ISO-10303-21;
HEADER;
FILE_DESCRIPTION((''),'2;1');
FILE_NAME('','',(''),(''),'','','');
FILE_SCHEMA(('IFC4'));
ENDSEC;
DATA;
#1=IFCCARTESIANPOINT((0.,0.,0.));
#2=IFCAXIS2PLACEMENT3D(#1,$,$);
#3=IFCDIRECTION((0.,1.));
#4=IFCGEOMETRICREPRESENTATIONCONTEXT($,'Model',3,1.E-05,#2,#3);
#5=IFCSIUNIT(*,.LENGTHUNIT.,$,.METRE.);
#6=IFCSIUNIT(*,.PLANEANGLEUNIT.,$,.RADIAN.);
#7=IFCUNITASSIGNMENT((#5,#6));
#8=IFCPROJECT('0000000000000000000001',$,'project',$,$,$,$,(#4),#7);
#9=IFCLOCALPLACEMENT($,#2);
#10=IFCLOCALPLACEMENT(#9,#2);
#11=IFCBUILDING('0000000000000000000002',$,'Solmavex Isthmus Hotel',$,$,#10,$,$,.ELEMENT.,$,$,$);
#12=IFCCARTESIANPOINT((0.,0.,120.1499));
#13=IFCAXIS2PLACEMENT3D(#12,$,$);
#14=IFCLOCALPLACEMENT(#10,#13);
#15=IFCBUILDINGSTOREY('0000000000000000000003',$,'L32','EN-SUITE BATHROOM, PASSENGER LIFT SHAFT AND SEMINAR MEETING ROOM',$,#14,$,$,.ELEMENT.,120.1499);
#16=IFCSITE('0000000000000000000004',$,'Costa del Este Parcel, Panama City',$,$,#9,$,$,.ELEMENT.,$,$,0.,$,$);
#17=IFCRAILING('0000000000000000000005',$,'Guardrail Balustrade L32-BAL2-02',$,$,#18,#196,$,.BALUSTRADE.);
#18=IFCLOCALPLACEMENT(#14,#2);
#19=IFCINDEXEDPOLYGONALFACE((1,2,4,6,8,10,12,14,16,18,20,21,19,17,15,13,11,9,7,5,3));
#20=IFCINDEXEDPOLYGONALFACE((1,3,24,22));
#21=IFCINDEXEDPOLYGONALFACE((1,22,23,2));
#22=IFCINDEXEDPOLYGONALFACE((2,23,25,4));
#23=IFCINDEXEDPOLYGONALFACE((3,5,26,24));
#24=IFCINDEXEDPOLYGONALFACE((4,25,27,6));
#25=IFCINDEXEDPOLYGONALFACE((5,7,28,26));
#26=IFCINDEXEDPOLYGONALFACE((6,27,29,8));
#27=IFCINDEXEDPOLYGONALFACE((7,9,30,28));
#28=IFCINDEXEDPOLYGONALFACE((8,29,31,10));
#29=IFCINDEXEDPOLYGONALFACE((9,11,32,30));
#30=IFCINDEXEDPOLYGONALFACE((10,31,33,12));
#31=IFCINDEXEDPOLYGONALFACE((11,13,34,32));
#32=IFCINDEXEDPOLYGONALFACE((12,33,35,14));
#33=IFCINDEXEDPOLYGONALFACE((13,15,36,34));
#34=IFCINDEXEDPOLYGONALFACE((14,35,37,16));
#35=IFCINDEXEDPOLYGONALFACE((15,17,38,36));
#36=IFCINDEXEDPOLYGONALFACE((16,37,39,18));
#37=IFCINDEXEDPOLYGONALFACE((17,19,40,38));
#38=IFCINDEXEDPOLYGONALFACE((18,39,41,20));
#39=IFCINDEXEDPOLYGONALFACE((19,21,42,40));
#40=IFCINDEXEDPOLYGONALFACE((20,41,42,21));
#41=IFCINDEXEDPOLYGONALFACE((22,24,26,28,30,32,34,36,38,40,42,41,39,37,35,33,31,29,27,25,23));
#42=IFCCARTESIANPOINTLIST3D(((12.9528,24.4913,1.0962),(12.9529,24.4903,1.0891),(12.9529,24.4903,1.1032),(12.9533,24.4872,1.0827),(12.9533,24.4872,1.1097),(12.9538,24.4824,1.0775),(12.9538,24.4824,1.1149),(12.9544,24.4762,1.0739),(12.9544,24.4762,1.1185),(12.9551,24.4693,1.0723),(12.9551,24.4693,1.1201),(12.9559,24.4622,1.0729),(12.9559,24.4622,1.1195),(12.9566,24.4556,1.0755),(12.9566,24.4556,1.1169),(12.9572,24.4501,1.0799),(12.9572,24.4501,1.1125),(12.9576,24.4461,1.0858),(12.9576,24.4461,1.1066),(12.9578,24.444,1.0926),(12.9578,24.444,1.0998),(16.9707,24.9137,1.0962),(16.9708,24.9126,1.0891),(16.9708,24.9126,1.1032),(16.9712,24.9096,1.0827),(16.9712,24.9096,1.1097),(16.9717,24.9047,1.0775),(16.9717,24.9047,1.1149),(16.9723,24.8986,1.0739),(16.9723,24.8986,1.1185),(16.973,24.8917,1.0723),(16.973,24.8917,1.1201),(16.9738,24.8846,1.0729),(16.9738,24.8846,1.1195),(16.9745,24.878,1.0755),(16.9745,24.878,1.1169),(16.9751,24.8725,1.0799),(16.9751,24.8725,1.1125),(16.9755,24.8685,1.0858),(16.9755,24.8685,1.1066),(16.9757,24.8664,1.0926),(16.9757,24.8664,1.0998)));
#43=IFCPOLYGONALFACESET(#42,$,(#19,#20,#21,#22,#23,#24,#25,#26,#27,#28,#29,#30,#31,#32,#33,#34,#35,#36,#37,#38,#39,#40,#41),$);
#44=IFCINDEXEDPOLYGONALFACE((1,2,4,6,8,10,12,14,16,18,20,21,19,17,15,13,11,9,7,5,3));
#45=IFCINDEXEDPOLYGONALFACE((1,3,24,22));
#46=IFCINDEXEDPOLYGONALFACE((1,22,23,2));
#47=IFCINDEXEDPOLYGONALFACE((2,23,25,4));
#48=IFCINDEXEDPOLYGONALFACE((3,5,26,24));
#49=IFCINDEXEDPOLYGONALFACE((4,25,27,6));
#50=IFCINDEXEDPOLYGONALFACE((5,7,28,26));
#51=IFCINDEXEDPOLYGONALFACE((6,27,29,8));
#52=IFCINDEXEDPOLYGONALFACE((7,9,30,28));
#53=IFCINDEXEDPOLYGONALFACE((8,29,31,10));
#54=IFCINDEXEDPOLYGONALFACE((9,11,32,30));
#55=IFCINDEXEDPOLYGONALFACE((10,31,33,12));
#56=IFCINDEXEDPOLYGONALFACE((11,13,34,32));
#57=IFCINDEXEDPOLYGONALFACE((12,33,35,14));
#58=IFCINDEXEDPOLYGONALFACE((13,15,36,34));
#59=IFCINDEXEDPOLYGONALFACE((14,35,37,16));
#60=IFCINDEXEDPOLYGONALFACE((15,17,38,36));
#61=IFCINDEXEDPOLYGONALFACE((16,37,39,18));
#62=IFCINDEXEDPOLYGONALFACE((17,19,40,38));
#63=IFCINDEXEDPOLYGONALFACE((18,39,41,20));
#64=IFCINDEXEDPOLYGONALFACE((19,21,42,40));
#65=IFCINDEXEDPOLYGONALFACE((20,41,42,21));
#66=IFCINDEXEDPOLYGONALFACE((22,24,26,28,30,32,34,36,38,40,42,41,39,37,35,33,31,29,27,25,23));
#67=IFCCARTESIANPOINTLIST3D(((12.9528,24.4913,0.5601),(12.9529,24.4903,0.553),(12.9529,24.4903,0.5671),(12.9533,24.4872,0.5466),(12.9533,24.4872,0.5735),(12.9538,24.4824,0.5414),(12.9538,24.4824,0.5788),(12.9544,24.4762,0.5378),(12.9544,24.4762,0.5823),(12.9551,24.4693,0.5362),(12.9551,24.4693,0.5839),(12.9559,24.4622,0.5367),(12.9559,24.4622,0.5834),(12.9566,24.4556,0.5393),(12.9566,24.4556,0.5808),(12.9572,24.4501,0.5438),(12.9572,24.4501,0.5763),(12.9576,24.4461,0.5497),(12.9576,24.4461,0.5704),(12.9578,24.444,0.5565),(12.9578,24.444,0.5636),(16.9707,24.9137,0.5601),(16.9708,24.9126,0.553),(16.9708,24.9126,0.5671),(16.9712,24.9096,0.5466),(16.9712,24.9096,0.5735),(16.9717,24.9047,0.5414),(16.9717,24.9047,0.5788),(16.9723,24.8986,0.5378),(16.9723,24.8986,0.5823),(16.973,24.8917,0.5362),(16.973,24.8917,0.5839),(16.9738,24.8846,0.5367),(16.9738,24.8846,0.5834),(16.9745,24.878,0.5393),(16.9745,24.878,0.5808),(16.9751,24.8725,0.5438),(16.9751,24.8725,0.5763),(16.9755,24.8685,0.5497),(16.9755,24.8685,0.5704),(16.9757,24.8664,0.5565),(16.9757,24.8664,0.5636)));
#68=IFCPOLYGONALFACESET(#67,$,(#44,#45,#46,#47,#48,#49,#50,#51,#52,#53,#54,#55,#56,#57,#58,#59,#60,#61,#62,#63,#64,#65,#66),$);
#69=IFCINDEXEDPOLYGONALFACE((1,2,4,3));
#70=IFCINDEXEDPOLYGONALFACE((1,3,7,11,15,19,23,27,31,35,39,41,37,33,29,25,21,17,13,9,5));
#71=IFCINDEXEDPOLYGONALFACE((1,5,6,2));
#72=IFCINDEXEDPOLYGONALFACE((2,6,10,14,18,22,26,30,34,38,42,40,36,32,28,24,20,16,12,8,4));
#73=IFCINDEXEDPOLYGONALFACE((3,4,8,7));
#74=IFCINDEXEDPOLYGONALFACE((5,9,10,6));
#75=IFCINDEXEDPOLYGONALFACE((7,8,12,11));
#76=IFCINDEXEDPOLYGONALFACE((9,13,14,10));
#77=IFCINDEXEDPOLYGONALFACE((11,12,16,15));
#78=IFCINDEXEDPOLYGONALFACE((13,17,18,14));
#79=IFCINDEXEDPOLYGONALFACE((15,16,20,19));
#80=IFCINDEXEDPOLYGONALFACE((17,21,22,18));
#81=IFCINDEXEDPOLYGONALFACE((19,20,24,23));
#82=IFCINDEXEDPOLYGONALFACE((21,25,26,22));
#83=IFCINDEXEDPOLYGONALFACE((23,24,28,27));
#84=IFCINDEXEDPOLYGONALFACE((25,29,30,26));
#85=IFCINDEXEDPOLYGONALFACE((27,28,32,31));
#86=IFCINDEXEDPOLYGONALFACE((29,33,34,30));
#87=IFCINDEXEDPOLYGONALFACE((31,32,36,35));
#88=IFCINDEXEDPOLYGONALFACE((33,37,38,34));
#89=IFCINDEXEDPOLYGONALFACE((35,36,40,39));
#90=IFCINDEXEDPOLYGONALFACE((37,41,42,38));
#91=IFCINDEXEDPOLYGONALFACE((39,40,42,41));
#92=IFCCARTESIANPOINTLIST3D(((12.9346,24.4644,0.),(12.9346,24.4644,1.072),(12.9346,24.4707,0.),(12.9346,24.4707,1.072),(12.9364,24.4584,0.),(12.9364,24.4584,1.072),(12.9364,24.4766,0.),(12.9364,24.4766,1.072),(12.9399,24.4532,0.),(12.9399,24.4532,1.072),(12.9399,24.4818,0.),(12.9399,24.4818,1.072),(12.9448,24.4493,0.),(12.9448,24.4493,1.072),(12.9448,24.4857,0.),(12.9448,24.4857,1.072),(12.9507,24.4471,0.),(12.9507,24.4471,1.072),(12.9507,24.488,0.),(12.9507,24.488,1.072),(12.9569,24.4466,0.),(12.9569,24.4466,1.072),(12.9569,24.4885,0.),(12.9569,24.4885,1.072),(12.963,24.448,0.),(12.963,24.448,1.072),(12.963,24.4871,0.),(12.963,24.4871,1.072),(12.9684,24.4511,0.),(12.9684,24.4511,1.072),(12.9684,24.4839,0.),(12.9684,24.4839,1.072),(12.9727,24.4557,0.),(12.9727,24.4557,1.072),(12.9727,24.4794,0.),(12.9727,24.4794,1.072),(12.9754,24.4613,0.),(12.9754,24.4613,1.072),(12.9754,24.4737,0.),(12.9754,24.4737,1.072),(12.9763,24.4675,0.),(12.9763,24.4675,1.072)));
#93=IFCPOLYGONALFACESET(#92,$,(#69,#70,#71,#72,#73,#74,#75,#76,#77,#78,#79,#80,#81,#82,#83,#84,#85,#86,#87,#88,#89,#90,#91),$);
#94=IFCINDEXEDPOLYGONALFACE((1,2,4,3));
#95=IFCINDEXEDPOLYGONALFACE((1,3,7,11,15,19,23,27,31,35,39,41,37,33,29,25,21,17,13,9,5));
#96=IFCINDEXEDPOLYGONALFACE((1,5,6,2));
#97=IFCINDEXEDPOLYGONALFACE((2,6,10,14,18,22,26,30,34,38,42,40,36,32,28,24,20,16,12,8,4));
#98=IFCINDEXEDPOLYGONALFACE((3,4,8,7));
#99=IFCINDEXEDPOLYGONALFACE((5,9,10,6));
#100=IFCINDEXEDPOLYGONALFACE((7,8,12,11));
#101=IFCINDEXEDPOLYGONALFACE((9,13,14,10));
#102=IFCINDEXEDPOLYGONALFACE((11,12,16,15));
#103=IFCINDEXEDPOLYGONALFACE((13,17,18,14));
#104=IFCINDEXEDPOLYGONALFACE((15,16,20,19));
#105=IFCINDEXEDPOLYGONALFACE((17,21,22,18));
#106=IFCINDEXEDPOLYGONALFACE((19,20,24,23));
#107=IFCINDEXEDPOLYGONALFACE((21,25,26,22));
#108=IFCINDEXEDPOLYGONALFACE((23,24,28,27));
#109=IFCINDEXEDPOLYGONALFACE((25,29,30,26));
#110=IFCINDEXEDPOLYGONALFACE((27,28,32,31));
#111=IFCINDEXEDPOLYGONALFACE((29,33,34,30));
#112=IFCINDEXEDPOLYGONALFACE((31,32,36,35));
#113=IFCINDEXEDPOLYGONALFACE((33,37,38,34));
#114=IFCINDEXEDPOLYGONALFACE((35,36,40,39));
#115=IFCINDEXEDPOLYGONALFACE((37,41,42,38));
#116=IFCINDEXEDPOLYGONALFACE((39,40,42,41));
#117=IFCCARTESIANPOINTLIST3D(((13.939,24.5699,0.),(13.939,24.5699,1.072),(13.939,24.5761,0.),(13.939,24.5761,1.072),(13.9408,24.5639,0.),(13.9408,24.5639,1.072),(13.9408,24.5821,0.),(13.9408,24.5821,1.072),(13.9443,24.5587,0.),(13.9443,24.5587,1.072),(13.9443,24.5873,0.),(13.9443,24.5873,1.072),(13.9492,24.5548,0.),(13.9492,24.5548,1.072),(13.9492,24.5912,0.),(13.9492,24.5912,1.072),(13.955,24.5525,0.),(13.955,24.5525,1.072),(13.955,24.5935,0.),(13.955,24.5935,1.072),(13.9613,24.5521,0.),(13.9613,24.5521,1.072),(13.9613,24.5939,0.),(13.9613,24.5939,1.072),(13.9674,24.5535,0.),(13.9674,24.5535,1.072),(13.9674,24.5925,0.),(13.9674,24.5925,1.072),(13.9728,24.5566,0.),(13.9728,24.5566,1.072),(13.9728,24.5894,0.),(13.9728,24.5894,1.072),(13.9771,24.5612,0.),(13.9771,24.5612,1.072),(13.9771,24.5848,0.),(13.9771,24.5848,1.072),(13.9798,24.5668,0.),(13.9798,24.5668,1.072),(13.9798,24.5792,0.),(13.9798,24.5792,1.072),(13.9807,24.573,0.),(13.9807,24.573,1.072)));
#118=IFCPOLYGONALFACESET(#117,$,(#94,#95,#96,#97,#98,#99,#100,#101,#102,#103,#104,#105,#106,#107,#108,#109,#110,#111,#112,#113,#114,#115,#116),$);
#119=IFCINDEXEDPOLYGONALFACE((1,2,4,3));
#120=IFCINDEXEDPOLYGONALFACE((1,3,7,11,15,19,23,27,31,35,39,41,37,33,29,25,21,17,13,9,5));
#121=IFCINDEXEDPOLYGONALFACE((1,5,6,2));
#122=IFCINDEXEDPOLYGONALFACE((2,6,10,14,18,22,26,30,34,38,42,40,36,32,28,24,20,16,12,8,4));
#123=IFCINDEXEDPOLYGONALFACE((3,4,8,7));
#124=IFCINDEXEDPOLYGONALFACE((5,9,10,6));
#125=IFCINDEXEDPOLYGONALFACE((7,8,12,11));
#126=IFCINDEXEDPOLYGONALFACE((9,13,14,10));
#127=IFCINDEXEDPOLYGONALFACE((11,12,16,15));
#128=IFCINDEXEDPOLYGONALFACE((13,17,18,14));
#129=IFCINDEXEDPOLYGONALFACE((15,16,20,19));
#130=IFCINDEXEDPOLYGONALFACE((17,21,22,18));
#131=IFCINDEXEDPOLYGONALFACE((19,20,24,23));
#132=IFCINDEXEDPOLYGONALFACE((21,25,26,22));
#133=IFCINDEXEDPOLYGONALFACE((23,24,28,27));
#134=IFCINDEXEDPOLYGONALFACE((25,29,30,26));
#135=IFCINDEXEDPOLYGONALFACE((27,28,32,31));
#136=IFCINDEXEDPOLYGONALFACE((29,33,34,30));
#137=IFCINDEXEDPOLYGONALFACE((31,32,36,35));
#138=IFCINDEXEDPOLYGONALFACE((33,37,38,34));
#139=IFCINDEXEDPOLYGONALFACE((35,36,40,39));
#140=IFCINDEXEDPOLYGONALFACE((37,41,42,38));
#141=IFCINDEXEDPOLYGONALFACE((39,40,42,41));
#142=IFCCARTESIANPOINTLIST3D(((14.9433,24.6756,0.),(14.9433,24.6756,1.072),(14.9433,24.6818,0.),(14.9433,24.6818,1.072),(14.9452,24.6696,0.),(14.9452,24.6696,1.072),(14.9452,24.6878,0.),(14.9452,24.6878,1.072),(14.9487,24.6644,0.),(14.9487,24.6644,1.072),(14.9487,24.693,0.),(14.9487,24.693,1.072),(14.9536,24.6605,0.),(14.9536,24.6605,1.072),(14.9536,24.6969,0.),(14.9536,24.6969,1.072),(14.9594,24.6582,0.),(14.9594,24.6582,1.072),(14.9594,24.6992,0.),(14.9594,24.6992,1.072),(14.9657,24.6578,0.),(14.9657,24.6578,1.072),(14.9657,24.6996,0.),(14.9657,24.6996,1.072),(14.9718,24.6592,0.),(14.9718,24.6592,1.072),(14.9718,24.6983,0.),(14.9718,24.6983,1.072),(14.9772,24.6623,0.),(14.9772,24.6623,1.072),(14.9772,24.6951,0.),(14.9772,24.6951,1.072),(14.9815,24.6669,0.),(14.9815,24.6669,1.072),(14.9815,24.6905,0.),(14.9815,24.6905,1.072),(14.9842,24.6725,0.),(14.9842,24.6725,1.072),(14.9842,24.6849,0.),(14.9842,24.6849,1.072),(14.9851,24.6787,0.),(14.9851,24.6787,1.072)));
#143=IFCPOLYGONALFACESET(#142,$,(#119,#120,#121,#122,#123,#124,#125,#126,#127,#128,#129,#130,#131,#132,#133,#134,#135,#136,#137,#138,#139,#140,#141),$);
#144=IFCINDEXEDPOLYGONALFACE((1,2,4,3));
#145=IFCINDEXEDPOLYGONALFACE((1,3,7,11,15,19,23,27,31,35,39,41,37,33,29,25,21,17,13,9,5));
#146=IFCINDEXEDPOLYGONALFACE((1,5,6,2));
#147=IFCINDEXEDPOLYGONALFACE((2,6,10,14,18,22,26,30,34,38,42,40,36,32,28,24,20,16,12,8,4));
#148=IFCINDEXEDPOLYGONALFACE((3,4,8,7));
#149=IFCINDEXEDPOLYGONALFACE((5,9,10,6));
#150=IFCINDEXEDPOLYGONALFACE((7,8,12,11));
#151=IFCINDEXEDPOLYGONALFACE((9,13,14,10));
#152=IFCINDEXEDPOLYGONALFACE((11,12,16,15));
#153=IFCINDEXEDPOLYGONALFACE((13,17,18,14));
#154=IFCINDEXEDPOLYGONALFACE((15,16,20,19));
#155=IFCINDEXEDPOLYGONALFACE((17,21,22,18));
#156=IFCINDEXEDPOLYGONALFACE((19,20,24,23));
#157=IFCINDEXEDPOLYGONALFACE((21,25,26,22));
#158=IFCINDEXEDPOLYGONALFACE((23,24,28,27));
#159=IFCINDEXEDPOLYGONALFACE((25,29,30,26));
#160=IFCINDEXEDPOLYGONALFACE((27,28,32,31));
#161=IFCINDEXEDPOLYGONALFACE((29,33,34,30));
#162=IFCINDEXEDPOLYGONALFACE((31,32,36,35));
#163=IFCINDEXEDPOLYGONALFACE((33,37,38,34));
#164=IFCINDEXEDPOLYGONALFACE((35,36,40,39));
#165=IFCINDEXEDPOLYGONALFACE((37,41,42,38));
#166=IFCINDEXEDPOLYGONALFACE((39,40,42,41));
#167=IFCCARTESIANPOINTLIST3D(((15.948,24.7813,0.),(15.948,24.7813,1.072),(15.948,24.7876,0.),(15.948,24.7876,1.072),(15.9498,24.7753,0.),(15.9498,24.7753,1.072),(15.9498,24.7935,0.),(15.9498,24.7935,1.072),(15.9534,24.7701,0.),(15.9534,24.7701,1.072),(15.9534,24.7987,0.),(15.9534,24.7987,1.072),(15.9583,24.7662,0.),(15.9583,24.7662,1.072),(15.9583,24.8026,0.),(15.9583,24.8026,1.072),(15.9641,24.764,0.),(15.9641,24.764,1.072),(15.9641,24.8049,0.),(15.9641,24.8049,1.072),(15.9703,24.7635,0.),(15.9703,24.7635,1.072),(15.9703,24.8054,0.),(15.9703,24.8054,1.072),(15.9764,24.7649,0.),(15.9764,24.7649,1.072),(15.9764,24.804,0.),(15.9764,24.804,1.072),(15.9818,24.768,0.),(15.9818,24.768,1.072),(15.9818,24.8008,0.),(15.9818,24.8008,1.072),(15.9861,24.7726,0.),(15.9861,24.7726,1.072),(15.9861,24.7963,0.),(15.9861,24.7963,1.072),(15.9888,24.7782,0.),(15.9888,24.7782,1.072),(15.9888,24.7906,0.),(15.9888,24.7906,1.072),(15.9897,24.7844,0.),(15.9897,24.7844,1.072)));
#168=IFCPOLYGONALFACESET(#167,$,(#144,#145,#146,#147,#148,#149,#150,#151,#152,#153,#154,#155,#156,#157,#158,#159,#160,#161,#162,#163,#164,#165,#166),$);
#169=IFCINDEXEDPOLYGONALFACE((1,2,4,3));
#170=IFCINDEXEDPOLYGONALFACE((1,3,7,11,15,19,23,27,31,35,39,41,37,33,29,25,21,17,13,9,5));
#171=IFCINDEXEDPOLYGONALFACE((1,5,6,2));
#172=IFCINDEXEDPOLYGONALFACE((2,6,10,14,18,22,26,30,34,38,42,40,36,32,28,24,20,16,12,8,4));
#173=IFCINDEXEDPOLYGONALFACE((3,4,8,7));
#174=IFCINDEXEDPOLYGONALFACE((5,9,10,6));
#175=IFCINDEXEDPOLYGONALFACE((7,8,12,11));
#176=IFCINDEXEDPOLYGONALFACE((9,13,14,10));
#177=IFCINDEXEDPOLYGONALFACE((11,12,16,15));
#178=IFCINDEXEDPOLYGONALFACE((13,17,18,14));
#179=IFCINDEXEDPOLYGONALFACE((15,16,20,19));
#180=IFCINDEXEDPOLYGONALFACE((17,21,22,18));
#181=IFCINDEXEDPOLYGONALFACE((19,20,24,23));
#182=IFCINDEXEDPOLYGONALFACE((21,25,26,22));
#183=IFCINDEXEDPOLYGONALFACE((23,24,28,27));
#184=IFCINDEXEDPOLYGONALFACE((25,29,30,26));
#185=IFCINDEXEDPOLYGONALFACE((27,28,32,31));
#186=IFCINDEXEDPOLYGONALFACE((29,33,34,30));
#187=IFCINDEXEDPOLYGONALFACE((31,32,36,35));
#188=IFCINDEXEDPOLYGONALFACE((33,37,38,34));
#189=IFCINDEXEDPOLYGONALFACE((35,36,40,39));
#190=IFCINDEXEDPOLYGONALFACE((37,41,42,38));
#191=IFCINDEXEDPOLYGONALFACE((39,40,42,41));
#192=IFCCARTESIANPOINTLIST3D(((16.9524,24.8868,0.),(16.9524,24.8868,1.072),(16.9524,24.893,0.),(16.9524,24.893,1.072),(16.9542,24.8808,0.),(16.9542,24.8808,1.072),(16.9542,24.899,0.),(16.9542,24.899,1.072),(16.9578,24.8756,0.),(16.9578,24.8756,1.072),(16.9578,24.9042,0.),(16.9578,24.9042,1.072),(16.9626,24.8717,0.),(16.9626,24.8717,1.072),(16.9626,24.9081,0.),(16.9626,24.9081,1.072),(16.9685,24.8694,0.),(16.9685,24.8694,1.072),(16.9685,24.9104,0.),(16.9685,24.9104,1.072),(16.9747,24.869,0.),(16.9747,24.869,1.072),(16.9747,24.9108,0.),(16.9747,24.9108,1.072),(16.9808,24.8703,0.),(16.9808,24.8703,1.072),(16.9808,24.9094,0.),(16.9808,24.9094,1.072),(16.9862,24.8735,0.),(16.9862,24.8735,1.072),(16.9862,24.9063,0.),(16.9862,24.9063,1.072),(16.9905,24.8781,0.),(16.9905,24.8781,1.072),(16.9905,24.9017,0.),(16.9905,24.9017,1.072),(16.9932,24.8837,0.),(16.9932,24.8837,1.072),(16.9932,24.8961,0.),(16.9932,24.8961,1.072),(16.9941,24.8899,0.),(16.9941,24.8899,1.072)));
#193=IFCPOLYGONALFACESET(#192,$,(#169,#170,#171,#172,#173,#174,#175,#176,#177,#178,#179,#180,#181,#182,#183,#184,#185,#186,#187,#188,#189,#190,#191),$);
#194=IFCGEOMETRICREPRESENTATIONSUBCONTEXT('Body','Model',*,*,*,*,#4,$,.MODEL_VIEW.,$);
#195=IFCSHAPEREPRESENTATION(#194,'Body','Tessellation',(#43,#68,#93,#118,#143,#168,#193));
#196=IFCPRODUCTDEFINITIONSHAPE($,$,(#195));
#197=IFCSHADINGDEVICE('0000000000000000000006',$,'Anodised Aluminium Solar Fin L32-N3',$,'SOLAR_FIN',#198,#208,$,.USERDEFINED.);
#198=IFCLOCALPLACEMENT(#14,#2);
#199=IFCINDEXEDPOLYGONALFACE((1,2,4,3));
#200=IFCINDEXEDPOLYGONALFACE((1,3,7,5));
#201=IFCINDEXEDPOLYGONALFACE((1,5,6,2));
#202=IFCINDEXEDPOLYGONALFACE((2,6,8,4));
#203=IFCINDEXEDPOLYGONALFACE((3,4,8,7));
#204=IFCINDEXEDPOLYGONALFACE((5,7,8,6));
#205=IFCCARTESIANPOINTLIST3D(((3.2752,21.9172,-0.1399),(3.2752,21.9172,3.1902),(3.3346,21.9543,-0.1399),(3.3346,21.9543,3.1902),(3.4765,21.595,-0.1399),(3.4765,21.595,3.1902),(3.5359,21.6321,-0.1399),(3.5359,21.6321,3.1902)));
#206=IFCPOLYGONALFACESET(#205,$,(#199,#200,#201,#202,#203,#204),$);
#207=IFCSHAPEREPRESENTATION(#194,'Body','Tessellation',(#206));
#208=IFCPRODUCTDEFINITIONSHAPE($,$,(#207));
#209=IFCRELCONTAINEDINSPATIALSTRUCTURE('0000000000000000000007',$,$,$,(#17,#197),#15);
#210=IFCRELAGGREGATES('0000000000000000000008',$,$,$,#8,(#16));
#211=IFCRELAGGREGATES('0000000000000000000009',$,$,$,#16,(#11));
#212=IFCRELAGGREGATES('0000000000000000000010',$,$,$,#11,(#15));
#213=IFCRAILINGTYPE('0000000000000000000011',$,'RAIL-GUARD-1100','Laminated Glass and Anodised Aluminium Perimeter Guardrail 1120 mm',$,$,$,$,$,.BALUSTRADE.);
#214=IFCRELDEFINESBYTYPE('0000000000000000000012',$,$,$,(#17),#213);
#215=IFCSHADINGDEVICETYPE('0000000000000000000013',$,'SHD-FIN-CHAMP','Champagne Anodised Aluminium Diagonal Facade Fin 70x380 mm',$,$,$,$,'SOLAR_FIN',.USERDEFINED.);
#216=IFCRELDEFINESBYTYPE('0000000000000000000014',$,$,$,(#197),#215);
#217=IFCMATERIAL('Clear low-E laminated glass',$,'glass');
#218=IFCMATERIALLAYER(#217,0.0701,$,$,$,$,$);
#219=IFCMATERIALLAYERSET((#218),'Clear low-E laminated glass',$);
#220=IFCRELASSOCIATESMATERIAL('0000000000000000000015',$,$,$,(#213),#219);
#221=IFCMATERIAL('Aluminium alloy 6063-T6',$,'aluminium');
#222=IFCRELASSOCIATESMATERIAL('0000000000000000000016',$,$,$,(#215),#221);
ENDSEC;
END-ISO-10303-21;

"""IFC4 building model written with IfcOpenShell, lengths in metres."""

from ifc_helpers import new_model, si_unit, direction, frame, origin, origin_2d, place, context, subcontext, project, spatial, rectangle, circle, extrude, material, layer, layer_set, type_object, element, save


model = new_model("IFC4")

# Units and contexts
model_context = context("Model", 3, precision=1e-05, world=origin(), true_north=direction((0.0, 1.0)))
body_context = subcontext(model_context, "Body", "Model", "MODEL_VIEW")
ifc_project = project(units=[si_unit("LENGTHUNIT", "METRE"), si_unit("PLANEANGLEUNIT", "RADIAN")], contexts=[model_context])

# Site, building, storey
site_placement = place(None, origin())
site = spatial("IfcSite", under=ifc_project, at=site_placement, Name="Costa del Este Parcel, Panama City", CompositionType="ELEMENT", RefElevation=0.0)
building_placement = place(site_placement, origin())
building = spatial("IfcBuilding", under=site, at=building_placement, Name="Solmavex Isthmus Hotel", CompositionType="ELEMENT")
storey_placement = place(building_placement, frame((0.0, 0.0, 120.1499)))
storey = spatial("IfcBuildingStorey", under=building, at=storey_placement, Name="L32", Description="EN-SUITE BATHROOM, PASSENGER LIFT SHAFT AND SEMINAR MEETING ROOM", CompositionType="ELEMENT", Elevation=120.1499)

# Shared definitions
ifc_material_1 = material(Name="Aluminium alloy 6063-T6", Category="aluminium")
ifc_material_2 = material(Name="Clear low-E laminated glass", Category="glass")

# Railing
ifc_layer_1 = layer(ifc_material_2, 0.0701)
ifc_layer_set_1 = layer_set([ifc_layer_1], Name="Clear low-E laminated glass")
railing_type = type_object("IfcRailingType", Name="RAIL-GUARD-1100", Description="Laminated Glass and Anodised Aluminium Perimeter Guardrail 1120 mm", PredefinedType="BALUSTRADE", material=ifc_layer_set_1)
railing_1_placement = place(storey_placement, frame((12.9553, 24.4675, 0.0)))
element("IfcRailing", 1, at=railing_1_placement, inside=storey, type_object=railing_type, Name="Guardrail Balustrade L32-BAL2-02", PredefinedType="BALUSTRADE", context=body_context, shape_type="SweptSolid", body=[
    extrude(circle(Radius=0.0239, at=origin_2d()), frame((0.0, 0.0, 1.0962), z_axis=(0.99452, 0.104546, 0.0), x_axis=(-0.104546, 0.99452, 0.0)), (0.0, 0.0, 1.0), 4.04),
    extrude(circle(Radius=0.0239, at=origin_2d()), frame((0.0, 0.0, 0.5601), z_axis=(0.99452, 0.104546, 0.0), x_axis=(-0.104546, 0.99452, 0.0)), (0.0, 0.0, 1.0), 4.04),
    extrude(circle(Radius=0.021, at=origin_2d()), origin(), (0.0, 0.0, 1.0), 1.072),
    extrude(circle(Radius=0.021, at=origin_2d()), frame((1.0044, 0.1055, 0.0)), (0.0, 0.0, 1.0), 1.072),
    extrude(circle(Radius=0.021, at=origin_2d()), frame((2.0088, 0.2112, 0.0)), (0.0, 0.0, 1.0), 1.072),
    extrude(circle(Radius=0.021, at=origin_2d()), frame((3.0134, 0.3169, 0.0)), (0.0, 0.0, 1.0), 1.072),
    extrude(circle(Radius=0.021, at=origin_2d()), frame((4.0178, 0.4224, 0.0)), (0.0, 0.0, 1.0), 1.072),
])

# Shading device
shading_device_type = type_object("IfcShadingDeviceType", Name="SHD-FIN-CHAMP", Description="Champagne Anodised Aluminium Diagonal Facade Fin 70x380 mm", ElementType="SOLAR_FIN", PredefinedType="USERDEFINED", material=ifc_material_1)
for number, where, z_axis, x_axis, name in (
    (2, (3.4055, 21.7747, -0.1399), (0.0, 0.0, 1.0), (-0.529919, 0.848048, 0.0), "Anodised Aluminium Solar Fin L32-N3"),
):
    element("IfcShadingDevice", number, at=place(storey_placement, frame(where, z_axis=z_axis, x_axis=x_axis)), inside=storey, type_object=shading_device_type, Name=name, ObjectType="SOLAR_FIN", PredefinedType="USERDEFINED", context=body_context, shape_type="SweptSolid", body=[
        extrude(rectangle(XDim=0.3799, YDim=0.0701, at=origin_2d()), origin(), (0.0, 0.0, 1.0), 3.3301),
    ])

save(model, "model.ifc")
